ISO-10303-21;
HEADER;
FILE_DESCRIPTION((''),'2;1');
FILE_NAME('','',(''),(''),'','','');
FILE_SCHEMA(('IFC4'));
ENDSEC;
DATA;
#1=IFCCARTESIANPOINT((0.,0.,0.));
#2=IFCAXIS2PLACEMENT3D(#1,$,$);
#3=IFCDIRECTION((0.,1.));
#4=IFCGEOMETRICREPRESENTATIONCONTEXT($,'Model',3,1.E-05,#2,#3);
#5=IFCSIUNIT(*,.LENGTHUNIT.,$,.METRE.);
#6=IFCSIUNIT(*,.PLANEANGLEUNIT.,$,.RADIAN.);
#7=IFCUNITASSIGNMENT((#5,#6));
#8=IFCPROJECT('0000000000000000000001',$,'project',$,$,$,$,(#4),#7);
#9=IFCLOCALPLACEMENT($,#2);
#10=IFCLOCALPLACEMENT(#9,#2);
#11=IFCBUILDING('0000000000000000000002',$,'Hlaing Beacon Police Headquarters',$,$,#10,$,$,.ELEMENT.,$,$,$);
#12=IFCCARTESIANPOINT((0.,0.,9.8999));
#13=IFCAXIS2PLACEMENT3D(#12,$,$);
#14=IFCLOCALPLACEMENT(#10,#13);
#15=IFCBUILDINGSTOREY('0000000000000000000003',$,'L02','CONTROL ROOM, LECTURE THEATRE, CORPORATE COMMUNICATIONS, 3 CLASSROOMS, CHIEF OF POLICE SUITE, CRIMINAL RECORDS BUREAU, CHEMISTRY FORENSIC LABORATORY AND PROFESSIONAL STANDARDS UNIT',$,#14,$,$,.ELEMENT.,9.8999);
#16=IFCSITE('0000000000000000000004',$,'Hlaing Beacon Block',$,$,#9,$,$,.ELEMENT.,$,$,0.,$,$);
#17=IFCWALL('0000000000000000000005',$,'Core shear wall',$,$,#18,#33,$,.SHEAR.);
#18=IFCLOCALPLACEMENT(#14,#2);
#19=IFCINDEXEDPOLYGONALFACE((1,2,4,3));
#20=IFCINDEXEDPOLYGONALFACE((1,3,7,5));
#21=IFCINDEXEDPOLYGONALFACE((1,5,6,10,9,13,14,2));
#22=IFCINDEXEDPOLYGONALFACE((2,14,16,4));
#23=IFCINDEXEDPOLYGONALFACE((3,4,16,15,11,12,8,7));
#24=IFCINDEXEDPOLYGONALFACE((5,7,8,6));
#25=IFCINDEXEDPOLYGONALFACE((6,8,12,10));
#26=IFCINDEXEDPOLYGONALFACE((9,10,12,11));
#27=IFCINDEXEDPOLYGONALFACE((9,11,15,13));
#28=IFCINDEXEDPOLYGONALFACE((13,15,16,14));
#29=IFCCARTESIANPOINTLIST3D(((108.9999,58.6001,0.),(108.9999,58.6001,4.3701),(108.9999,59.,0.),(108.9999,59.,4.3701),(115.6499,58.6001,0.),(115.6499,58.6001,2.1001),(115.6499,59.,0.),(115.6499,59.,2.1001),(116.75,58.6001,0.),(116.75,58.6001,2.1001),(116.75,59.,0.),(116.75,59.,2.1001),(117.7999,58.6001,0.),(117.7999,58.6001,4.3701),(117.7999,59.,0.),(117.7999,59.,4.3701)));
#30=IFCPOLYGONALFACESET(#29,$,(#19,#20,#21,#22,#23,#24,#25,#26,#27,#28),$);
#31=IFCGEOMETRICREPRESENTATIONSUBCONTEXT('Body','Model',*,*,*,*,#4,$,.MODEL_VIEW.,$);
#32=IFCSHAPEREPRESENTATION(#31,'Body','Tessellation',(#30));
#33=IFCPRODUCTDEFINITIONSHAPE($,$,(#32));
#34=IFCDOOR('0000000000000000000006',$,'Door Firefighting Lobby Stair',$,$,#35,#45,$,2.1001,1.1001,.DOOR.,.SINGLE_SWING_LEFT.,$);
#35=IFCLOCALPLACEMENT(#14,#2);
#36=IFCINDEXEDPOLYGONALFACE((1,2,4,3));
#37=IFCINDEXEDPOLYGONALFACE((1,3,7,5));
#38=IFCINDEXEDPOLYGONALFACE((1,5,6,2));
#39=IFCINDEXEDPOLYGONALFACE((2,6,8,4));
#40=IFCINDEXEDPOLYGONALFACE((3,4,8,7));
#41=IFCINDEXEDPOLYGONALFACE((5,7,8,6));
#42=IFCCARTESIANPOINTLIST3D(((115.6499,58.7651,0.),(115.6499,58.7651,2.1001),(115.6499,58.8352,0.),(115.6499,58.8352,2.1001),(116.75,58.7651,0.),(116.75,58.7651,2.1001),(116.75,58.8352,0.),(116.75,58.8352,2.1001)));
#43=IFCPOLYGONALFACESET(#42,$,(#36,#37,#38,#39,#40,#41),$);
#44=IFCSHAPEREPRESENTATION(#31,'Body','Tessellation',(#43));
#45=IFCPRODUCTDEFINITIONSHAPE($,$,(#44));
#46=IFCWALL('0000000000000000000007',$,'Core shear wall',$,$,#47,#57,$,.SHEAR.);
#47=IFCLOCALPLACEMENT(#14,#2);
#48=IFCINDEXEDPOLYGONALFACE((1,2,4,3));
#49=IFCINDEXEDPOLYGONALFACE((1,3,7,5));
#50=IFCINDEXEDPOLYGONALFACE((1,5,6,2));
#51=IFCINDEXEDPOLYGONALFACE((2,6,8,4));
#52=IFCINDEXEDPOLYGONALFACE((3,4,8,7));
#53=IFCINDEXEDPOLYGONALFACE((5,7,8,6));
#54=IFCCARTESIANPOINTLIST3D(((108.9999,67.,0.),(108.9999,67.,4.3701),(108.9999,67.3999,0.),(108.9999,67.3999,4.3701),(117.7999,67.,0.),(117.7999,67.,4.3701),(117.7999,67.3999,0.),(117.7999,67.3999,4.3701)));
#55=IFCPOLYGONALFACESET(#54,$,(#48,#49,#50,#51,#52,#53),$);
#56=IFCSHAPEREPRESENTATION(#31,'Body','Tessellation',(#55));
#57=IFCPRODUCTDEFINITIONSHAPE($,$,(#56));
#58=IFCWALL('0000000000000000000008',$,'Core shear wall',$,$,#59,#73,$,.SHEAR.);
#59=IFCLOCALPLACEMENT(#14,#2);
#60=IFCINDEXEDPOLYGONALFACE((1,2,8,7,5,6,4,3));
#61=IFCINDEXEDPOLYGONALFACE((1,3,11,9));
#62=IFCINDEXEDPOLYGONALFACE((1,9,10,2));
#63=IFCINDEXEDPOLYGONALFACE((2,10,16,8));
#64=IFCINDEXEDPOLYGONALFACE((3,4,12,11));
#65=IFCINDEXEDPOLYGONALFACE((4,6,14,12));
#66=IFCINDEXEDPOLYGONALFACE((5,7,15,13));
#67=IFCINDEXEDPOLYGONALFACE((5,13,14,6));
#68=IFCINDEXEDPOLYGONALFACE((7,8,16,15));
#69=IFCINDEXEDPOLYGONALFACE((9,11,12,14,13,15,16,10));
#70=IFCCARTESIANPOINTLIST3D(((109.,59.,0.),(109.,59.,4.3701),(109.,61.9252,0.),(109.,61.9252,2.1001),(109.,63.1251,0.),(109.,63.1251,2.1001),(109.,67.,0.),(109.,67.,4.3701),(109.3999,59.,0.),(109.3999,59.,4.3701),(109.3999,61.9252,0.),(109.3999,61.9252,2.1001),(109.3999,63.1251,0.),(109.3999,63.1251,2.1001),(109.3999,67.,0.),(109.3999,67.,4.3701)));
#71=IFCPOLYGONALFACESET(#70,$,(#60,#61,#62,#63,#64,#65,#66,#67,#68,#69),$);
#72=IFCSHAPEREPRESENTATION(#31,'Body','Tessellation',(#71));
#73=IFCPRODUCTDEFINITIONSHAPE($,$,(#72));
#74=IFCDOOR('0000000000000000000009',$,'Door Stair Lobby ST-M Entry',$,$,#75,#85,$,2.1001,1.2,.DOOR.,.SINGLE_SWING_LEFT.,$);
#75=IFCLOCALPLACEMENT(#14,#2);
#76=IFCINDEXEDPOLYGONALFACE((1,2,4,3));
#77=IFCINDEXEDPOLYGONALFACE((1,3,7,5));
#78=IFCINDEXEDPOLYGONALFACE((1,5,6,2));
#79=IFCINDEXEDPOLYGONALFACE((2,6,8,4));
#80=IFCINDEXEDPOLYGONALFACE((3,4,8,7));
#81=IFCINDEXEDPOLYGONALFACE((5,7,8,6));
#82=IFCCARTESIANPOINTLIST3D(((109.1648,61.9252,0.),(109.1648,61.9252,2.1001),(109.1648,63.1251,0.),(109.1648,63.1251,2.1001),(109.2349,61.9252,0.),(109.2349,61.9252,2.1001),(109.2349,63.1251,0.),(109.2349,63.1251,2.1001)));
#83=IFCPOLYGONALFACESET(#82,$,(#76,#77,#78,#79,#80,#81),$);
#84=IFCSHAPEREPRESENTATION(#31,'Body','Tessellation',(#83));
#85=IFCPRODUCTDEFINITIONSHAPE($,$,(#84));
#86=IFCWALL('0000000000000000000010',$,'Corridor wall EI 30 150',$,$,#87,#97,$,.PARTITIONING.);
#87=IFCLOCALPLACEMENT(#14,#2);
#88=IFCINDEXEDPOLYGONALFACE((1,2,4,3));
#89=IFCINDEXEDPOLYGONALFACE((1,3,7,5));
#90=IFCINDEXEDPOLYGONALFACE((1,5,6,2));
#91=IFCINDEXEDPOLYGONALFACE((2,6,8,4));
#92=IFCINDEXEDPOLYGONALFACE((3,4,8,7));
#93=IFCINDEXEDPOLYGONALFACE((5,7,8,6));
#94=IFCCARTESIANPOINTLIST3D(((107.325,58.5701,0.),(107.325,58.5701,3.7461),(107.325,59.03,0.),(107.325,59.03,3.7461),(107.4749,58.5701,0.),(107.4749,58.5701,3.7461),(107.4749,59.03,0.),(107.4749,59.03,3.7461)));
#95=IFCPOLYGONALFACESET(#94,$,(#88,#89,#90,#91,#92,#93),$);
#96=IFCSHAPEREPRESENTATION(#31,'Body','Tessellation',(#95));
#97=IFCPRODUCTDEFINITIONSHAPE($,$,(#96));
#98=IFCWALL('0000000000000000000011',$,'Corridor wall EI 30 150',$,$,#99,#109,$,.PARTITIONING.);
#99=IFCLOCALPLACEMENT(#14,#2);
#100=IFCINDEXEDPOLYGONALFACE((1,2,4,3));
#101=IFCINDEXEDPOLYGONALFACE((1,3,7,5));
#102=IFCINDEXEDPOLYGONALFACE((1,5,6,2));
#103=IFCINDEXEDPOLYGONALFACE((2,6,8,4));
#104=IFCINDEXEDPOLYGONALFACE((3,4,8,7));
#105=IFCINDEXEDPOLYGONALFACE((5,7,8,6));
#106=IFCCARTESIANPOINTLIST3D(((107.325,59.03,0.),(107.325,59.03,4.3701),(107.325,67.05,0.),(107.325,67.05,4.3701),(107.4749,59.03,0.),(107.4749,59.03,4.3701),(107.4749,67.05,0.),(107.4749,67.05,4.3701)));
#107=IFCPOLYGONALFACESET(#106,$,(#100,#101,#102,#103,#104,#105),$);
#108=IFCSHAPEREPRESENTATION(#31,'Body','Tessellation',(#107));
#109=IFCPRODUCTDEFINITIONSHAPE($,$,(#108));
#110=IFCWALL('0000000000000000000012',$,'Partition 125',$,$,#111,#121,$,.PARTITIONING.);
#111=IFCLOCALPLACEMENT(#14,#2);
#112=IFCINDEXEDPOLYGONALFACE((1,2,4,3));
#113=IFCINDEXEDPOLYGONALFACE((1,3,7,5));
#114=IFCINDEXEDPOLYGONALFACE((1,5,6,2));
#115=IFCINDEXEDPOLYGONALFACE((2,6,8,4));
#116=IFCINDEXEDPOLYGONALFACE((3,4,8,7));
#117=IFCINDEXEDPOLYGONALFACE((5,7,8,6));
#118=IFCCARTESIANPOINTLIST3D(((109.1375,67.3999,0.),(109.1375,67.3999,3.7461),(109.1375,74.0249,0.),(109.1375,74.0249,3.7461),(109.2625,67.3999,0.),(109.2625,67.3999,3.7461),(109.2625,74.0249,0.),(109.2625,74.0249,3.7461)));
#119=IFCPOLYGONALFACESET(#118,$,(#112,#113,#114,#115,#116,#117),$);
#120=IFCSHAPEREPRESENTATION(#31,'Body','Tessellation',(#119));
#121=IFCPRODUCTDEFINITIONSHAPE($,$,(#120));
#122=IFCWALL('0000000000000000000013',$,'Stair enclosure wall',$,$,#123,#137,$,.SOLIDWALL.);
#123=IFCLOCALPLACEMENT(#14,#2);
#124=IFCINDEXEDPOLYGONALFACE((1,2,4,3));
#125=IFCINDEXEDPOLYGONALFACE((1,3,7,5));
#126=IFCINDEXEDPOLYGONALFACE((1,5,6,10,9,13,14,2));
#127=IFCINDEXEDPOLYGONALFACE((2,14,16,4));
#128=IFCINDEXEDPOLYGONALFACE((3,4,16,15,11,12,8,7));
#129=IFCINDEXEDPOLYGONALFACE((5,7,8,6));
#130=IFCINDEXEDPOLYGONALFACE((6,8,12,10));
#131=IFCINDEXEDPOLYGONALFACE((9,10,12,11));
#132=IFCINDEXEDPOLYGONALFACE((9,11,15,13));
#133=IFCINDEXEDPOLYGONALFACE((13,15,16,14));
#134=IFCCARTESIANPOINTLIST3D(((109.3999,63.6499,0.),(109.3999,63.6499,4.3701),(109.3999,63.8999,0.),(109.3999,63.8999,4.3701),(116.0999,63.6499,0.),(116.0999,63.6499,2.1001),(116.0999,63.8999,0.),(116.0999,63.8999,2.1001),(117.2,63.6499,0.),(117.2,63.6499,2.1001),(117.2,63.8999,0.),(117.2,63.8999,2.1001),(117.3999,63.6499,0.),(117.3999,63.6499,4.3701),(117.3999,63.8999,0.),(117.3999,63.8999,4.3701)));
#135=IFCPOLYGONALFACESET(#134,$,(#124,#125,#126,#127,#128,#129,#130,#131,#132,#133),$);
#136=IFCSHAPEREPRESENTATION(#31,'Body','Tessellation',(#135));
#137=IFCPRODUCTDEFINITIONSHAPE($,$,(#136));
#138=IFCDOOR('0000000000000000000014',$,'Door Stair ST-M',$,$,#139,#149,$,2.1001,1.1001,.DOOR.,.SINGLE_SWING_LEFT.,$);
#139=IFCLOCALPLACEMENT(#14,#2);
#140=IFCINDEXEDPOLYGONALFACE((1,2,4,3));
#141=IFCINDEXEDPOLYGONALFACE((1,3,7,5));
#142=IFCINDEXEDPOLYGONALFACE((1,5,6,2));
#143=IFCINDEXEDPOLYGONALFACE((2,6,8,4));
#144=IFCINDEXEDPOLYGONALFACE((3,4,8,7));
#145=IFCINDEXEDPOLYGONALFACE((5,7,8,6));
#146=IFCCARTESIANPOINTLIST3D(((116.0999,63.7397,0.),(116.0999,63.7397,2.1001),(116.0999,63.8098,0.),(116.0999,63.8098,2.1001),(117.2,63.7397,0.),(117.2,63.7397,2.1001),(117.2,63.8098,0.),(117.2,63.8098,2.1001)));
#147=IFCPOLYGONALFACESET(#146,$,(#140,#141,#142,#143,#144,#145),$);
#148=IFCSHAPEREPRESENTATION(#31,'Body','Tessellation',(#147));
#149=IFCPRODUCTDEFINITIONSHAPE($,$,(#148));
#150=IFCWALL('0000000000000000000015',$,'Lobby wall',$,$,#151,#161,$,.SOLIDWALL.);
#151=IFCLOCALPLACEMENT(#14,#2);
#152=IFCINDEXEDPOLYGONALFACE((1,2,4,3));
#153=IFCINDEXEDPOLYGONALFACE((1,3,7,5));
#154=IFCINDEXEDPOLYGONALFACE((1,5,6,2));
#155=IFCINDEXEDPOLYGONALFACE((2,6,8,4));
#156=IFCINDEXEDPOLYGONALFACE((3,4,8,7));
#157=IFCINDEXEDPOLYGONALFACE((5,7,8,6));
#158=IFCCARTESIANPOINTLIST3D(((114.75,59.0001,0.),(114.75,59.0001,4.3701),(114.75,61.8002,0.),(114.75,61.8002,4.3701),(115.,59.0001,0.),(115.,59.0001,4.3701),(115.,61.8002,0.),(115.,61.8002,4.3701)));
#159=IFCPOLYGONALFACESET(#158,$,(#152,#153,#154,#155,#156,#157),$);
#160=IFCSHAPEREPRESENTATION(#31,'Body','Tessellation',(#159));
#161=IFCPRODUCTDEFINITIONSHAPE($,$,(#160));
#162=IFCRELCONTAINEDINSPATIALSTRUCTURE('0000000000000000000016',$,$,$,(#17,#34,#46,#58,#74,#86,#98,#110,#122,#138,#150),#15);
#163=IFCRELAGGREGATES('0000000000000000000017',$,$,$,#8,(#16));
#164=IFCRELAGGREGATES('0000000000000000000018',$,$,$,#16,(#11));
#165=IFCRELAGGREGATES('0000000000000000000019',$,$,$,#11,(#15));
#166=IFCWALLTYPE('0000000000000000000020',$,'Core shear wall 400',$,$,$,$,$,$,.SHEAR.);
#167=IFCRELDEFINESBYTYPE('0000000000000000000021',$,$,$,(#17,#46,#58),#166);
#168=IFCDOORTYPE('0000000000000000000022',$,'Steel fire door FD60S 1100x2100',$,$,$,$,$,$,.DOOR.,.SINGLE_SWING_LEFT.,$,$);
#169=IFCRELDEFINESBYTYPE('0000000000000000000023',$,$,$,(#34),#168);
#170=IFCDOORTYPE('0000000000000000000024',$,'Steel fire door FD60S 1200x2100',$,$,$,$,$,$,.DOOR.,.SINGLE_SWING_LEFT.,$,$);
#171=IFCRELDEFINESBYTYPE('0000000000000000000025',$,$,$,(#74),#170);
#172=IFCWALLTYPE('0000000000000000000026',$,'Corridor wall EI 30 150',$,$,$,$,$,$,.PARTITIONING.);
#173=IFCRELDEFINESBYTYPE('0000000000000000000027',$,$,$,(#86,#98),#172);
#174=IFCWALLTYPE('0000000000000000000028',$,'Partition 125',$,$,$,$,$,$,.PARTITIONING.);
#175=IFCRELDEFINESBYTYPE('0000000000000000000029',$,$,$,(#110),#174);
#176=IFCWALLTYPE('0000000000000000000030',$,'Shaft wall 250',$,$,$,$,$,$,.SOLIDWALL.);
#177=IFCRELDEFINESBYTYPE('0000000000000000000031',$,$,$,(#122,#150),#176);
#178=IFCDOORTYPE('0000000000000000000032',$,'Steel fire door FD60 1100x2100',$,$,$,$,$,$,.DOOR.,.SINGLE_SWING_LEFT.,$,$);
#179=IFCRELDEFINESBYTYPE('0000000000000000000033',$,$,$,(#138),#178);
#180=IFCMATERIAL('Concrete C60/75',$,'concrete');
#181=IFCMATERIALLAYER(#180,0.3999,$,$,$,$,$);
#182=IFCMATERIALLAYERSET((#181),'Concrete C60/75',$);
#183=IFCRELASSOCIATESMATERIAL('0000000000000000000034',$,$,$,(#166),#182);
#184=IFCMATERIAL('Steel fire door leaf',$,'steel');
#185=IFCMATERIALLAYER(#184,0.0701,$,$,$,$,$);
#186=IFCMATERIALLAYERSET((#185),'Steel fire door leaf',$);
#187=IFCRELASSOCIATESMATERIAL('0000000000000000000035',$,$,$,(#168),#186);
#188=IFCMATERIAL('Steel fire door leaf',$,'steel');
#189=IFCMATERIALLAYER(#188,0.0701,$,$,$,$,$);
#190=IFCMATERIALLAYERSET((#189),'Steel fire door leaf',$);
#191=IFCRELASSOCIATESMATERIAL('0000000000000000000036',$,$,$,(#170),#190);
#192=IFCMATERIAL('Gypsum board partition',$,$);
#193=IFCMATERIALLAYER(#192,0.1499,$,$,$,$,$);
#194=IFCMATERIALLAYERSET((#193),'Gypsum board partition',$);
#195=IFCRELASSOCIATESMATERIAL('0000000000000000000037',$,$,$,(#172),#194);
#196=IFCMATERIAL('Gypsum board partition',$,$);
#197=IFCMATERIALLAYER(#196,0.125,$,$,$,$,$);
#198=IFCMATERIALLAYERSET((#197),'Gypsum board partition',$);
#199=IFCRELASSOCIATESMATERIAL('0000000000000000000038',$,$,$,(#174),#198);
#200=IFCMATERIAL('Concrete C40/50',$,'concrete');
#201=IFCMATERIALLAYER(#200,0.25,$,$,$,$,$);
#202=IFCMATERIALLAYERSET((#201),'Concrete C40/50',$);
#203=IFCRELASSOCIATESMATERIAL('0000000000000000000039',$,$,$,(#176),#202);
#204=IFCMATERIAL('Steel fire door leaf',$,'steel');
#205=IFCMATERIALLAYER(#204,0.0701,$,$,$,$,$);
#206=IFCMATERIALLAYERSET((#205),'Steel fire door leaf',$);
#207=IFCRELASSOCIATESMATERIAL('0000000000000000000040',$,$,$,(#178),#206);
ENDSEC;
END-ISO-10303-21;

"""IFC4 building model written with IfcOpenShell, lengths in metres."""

from ifc_helpers import new_model, si_unit, direction, frame, frame_2d, origin, place, context, subcontext, project, spatial, rectangle, extrude, material, layer, layer_set, type_object, element, fill, save


model = new_model("IFC4")

# Units and contexts
model_context = context("Model", 3, precision=1e-05, world=origin(), true_north=direction((0.0, 1.0)))
body_context = subcontext(model_context, "Body", "Model", "MODEL_VIEW")
ifc_project = project(units=[si_unit("LENGTHUNIT", "METRE"), si_unit("PLANEANGLEUNIT", "RADIAN")], contexts=[model_context])

# Site, building, storey
site_placement = place(None, origin())
site = spatial("IfcSite", under=ifc_project, at=site_placement, Name="Hlaing Beacon Block", CompositionType="ELEMENT", RefElevation=0.0)
building_placement = place(site_placement, origin())
building = spatial("IfcBuilding", under=site, at=building_placement, Name="Hlaing Beacon Police Headquarters", CompositionType="ELEMENT")
storey_placement = place(building_placement, frame((0.0, 0.0, 9.8999)))
storey = spatial("IfcBuildingStorey", under=building, at=storey_placement, Name="L02", Description="CONTROL ROOM, LECTURE THEATRE, CORPORATE COMMUNICATIONS, 3 CLASSROOMS, CHIEF OF POLICE SUITE, CRIMINAL RECORDS BUREAU, CHEMISTRY FORENSIC LABORATORY AND PROFESSIONAL STANDARDS UNIT", CompositionType="ELEMENT", Elevation=9.8999)

# Wall, opening, door
ifc_material_1 = material(Name="Concrete C60/75", Category="concrete")
ifc_layer_1 = layer(ifc_material_1, 0.3999)
ifc_layer_set_1 = layer_set([ifc_layer_1], Name="Concrete C60/75")
wall_type_1 = type_object("IfcWallType", Name="Core shear wall 400", PredefinedType="SHEAR", material=ifc_layer_set_1)
wall_1_placement = place(storey_placement, frame((109.0, 58.8, 0.0), z_axis=(0.0, 0.0, 1.0), x_axis=(1.0, 0.0, 0.0)))
wall_1 = element("IfcWall", 1, at=wall_1_placement, inside=storey, type_object=wall_type_1, Name="Core shear wall", PredefinedType="SHEAR", context=body_context, shape_type="SweptSolid", body=[
    extrude(rectangle(XDim=8.8, YDim=0.3999, at=frame_2d((4.3999, 0.0))), origin(), (0.0, 0.0, 1.0), 4.3701),
])
opening_1_placement = place(wall_1_placement, frame((6.6499, 0.0, 0.0)))
opening_1 = element("IfcOpeningElement", 2, at=opening_1_placement, cuts=wall_1, PredefinedType="OPENING", context=body_context, shape_type="SweptSolid", body=[
    extrude(rectangle(XDim=1.1001, YDim=2.1001, at=frame_2d((0.55, 1.05))), frame((0.0, 0.21, 0.0), z_axis=(0.0, -1.0, 0.0), x_axis=(1.0, 0.0, 0.0)), (0.0, 0.0, 1.0), 0.4199),
])
ifc_material_2 = material(Name="Steel fire door leaf", Category="steel")
ifc_layer_2 = layer(ifc_material_2, 0.0701)
ifc_layer_set_2 = layer_set([ifc_layer_2], Name="Steel fire door leaf")
door_type_1 = type_object("IfcDoorType", Name="Steel fire door FD60S 1100x2100", OperationType="SINGLE_SWING_LEFT", PredefinedType="DOOR", material=ifc_layer_set_2)
door_1_placement = place(opening_1_placement, origin())
door_1 = element("IfcDoor", 3, at=door_1_placement, inside=storey, type_object=door_type_1, Name="Door Firefighting Lobby Stair", OperationType="SINGLE_SWING_LEFT", OverallHeight=2.1001, OverallWidth=1.1001, PredefinedType="DOOR", context=body_context, shape_type="SweptSolid", body=[
    extrude(rectangle(XDim=1.1001, YDim=2.1001, at=frame_2d((0.55, 1.05))), frame((0.0, 0.0352, 0.0), z_axis=(0.0, -1.0, 0.0), x_axis=(1.0, 0.0, 0.0)), (0.0, 0.0, 1.0), 0.0701),
])
fill(opening_1, door_1)

# Wall
wall_2_placement = place(storey_placement, frame((109.0, 67.2, 0.0), z_axis=(0.0, 0.0, 1.0), x_axis=(1.0, 0.0, 0.0)))
element("IfcWall", 4, at=wall_2_placement, inside=storey, type_object=wall_type_1, Name="Core shear wall", PredefinedType="SHEAR", context=body_context, shape_type="SweptSolid", body=[
    extrude(rectangle(XDim=8.8, YDim=0.3999, at=frame_2d((4.3999, 0.0))), origin(), (0.0, 0.0, 1.0), 4.3701),
])

# Wall, opening, door
wall_3_placement = place(storey_placement, frame((109.2, 59.0, 0.0), z_axis=(0.0, 0.0, 1.0), x_axis=(0.0, 1.0, 0.0)))
wall_3 = element("IfcWall", 5, at=wall_3_placement, inside=storey, type_object=wall_type_1, Name="Core shear wall", PredefinedType="SHEAR", context=body_context, shape_type="SweptSolid", body=[
    extrude(rectangle(XDim=8.0, YDim=0.3999, at=frame_2d((4.0, 0.0))), origin(), (0.0, 0.0, 1.0), 4.3701),
])
opening_2_placement = place(wall_3_placement, frame((2.925, 0.0, 0.0)))
opening_2 = element("IfcOpeningElement", 6, at=opening_2_placement, cuts=wall_3, PredefinedType="OPENING", context=body_context, shape_type="SweptSolid", body=[
    extrude(rectangle(XDim=1.2, YDim=2.1001, at=frame_2d((0.6001, 1.05))), frame((0.0, 0.21, 0.0), z_axis=(0.0, -1.0, 0.0), x_axis=(1.0, 0.0, 0.0)), (0.0, 0.0, 1.0), 0.4199),
])
ifc_material_3 = material(Name="Steel fire door leaf", Category="steel")
ifc_layer_3 = layer(ifc_material_3, 0.0701)
ifc_layer_set_3 = layer_set([ifc_layer_3], Name="Steel fire door leaf")
door_type_2 = type_object("IfcDoorType", Name="Steel fire door FD60S 1200x2100", OperationType="SINGLE_SWING_LEFT", PredefinedType="DOOR", material=ifc_layer_set_3)
door_2_placement = place(opening_2_placement, frame((1.2, 0.0, 0.0), z_axis=(0.0, 0.0, 1.0), x_axis=(-1.0, 0.0, 0.0)))
door_2 = element("IfcDoor", 7, at=door_2_placement, inside=storey, type_object=door_type_2, Name="Door Stair Lobby ST-M Entry", OperationType="SINGLE_SWING_LEFT", OverallHeight=2.1001, OverallWidth=1.2, PredefinedType="DOOR", context=body_context, shape_type="SweptSolid", body=[
    extrude(rectangle(XDim=1.2, YDim=2.1001, at=frame_2d((0.5999, 1.05))), frame((0.0, 0.0349, 0.0), z_axis=(0.0, -1.0, 0.0), x_axis=(1.0, 0.0, 0.0)), (0.0, 0.0, 1.0), 0.0701),
])
fill(opening_2, door_2)

# Walls
ifc_material_4 = material(Name="Gypsum board partition")
ifc_layer_4 = layer(ifc_material_4, 0.1499)
ifc_layer_set_4 = layer_set([ifc_layer_4], Name="Gypsum board partition")
wall_type_2 = type_object("IfcWallType", Name="Corridor wall EI 30 150", PredefinedType="PARTITIONING", material=ifc_layer_set_4)
wall_4_placement = place(storey_placement, frame((107.3999, 58.5701, 0.0), z_axis=(0.0, 0.0, 1.0), x_axis=(0.0, 1.0, 0.0)))
element("IfcWall", 8, at=wall_4_placement, inside=storey, type_object=wall_type_2, Name="Corridor wall EI 30 150", PredefinedType="PARTITIONING", context=body_context, shape_type="SweptSolid", body=[
    extrude(rectangle(XDim=0.46, YDim=0.1499, at=frame_2d((0.23, 0.0))), origin(), (0.0, 0.0, 1.0), 3.7461),
])
wall_5_placement = place(storey_placement, frame((107.3999, 59.03, 0.0), z_axis=(0.0, 0.0, 1.0), x_axis=(0.0, 1.0, 0.0)))
element("IfcWall", 9, at=wall_5_placement, inside=storey, type_object=wall_type_2, Name="Corridor wall EI 30 150", PredefinedType="PARTITIONING", context=body_context, shape_type="SweptSolid", body=[
    extrude(rectangle(XDim=8.02, YDim=0.1499, at=frame_2d((4.01, 0.0))), origin(), (0.0, 0.0, 1.0), 4.3701),
])
ifc_material_5 = material(Name="Gypsum board partition")
ifc_layer_5 = layer(ifc_material_5, 0.125)
ifc_layer_set_5 = layer_set([ifc_layer_5], Name="Gypsum board partition")
wall_type_3 = type_object("IfcWallType", Name="Partition 125", PredefinedType="PARTITIONING", material=ifc_layer_set_5)
wall_6_placement = place(storey_placement, frame((109.2, 67.3999, 0.0), z_axis=(0.0, 0.0, 1.0), x_axis=(0.0, 1.0, 0.0)))
element("IfcWall", 10, at=wall_6_placement, inside=storey, type_object=wall_type_3, Name="Partition 125", PredefinedType="PARTITIONING", context=body_context, shape_type="SweptSolid", body=[
    extrude(rectangle(XDim=6.625, YDim=0.125, at=frame_2d((3.3125, 0.0))), origin(), (0.0, 0.0, 1.0), 3.7461),
])

# Wall, opening, door
ifc_material_6 = material(Name="Concrete C40/50", Category="concrete")
ifc_layer_6 = layer(ifc_material_6, 0.25)
ifc_layer_set_6 = layer_set([ifc_layer_6], Name="Concrete C40/50")
wall_type_4 = type_object("IfcWallType", Name="Shaft wall 250", PredefinedType="SOLIDWALL", material=ifc_layer_set_6)
wall_7_placement = place(storey_placement, frame((117.3999, 63.7749, 0.0), z_axis=(0.0, 0.0, 1.0), x_axis=(-1.0, 0.0, 0.0)))
wall_7 = element("IfcWall", 11, at=wall_7_placement, inside=storey, type_object=wall_type_4, Name="Stair enclosure wall", PredefinedType="SOLIDWALL", context=body_context, shape_type="SweptSolid", body=[
    extrude(rectangle(XDim=8.0, YDim=0.25, at=frame_2d((4.0, 0.0))), origin(), (0.0, 0.0, 1.0), 4.3701),
])
opening_3_placement = place(wall_7_placement, frame((0.2, 0.0, 0.0)))
opening_3 = element("IfcOpeningElement", 12, at=opening_3_placement, cuts=wall_7, PredefinedType="OPENING", context=body_context, shape_type="SweptSolid", body=[
    extrude(rectangle(XDim=1.1001, YDim=2.1001, at=frame_2d((0.55, 1.05))), frame((0.0, 0.135, 0.0), z_axis=(0.0, -1.0, 0.0), x_axis=(1.0, 0.0, 0.0)), (0.0, 0.0, 1.0), 0.27),
])
ifc_material_7 = material(Name="Steel fire door leaf", Category="steel")
ifc_layer_7 = layer(ifc_material_7, 0.0701)
ifc_layer_set_7 = layer_set([ifc_layer_7], Name="Steel fire door leaf")
door_type_3 = type_object("IfcDoorType", Name="Steel fire door FD60 1100x2100", OperationType="SINGLE_SWING_LEFT", PredefinedType="DOOR", material=ifc_layer_set_7)
door_3_placement = place(opening_3_placement, frame((1.1001, 0.0, 0.0), z_axis=(0.0, 0.0, 1.0), x_axis=(-1.0, 0.0, 0.0)))
door_3 = element("IfcDoor", 13, at=door_3_placement, inside=storey, type_object=door_type_3, Name="Door Stair ST-M", OperationType="SINGLE_SWING_LEFT", OverallHeight=2.1001, OverallWidth=1.1001, PredefinedType="DOOR", context=body_context, shape_type="SweptSolid", body=[
    extrude(rectangle(XDim=1.1001, YDim=2.1001, at=frame_2d((0.55, 1.05))), frame((0.0, 0.0349, 0.0), z_axis=(0.0, -1.0, 0.0), x_axis=(1.0, 0.0, 0.0)), (0.0, 0.0, 1.0), 0.0701),
])
fill(opening_3, door_3)

# Wall
wall_8_placement = place(storey_placement, frame((114.875, 61.8, 0.0), z_axis=(0.0, 0.0, 1.0), x_axis=(0.0, -1.0, 0.0)))
element("IfcWall", 14, at=wall_8_placement, inside=storey, type_object=wall_type_4, Name="Lobby wall", PredefinedType="SOLIDWALL", context=body_context, shape_type="SweptSolid", body=[
    extrude(rectangle(XDim=2.8, YDim=0.25, at=frame_2d((1.3999, 0.0))), origin(), (0.0, 0.0, 1.0), 4.3701),
])

save(model, "model.ifc")
